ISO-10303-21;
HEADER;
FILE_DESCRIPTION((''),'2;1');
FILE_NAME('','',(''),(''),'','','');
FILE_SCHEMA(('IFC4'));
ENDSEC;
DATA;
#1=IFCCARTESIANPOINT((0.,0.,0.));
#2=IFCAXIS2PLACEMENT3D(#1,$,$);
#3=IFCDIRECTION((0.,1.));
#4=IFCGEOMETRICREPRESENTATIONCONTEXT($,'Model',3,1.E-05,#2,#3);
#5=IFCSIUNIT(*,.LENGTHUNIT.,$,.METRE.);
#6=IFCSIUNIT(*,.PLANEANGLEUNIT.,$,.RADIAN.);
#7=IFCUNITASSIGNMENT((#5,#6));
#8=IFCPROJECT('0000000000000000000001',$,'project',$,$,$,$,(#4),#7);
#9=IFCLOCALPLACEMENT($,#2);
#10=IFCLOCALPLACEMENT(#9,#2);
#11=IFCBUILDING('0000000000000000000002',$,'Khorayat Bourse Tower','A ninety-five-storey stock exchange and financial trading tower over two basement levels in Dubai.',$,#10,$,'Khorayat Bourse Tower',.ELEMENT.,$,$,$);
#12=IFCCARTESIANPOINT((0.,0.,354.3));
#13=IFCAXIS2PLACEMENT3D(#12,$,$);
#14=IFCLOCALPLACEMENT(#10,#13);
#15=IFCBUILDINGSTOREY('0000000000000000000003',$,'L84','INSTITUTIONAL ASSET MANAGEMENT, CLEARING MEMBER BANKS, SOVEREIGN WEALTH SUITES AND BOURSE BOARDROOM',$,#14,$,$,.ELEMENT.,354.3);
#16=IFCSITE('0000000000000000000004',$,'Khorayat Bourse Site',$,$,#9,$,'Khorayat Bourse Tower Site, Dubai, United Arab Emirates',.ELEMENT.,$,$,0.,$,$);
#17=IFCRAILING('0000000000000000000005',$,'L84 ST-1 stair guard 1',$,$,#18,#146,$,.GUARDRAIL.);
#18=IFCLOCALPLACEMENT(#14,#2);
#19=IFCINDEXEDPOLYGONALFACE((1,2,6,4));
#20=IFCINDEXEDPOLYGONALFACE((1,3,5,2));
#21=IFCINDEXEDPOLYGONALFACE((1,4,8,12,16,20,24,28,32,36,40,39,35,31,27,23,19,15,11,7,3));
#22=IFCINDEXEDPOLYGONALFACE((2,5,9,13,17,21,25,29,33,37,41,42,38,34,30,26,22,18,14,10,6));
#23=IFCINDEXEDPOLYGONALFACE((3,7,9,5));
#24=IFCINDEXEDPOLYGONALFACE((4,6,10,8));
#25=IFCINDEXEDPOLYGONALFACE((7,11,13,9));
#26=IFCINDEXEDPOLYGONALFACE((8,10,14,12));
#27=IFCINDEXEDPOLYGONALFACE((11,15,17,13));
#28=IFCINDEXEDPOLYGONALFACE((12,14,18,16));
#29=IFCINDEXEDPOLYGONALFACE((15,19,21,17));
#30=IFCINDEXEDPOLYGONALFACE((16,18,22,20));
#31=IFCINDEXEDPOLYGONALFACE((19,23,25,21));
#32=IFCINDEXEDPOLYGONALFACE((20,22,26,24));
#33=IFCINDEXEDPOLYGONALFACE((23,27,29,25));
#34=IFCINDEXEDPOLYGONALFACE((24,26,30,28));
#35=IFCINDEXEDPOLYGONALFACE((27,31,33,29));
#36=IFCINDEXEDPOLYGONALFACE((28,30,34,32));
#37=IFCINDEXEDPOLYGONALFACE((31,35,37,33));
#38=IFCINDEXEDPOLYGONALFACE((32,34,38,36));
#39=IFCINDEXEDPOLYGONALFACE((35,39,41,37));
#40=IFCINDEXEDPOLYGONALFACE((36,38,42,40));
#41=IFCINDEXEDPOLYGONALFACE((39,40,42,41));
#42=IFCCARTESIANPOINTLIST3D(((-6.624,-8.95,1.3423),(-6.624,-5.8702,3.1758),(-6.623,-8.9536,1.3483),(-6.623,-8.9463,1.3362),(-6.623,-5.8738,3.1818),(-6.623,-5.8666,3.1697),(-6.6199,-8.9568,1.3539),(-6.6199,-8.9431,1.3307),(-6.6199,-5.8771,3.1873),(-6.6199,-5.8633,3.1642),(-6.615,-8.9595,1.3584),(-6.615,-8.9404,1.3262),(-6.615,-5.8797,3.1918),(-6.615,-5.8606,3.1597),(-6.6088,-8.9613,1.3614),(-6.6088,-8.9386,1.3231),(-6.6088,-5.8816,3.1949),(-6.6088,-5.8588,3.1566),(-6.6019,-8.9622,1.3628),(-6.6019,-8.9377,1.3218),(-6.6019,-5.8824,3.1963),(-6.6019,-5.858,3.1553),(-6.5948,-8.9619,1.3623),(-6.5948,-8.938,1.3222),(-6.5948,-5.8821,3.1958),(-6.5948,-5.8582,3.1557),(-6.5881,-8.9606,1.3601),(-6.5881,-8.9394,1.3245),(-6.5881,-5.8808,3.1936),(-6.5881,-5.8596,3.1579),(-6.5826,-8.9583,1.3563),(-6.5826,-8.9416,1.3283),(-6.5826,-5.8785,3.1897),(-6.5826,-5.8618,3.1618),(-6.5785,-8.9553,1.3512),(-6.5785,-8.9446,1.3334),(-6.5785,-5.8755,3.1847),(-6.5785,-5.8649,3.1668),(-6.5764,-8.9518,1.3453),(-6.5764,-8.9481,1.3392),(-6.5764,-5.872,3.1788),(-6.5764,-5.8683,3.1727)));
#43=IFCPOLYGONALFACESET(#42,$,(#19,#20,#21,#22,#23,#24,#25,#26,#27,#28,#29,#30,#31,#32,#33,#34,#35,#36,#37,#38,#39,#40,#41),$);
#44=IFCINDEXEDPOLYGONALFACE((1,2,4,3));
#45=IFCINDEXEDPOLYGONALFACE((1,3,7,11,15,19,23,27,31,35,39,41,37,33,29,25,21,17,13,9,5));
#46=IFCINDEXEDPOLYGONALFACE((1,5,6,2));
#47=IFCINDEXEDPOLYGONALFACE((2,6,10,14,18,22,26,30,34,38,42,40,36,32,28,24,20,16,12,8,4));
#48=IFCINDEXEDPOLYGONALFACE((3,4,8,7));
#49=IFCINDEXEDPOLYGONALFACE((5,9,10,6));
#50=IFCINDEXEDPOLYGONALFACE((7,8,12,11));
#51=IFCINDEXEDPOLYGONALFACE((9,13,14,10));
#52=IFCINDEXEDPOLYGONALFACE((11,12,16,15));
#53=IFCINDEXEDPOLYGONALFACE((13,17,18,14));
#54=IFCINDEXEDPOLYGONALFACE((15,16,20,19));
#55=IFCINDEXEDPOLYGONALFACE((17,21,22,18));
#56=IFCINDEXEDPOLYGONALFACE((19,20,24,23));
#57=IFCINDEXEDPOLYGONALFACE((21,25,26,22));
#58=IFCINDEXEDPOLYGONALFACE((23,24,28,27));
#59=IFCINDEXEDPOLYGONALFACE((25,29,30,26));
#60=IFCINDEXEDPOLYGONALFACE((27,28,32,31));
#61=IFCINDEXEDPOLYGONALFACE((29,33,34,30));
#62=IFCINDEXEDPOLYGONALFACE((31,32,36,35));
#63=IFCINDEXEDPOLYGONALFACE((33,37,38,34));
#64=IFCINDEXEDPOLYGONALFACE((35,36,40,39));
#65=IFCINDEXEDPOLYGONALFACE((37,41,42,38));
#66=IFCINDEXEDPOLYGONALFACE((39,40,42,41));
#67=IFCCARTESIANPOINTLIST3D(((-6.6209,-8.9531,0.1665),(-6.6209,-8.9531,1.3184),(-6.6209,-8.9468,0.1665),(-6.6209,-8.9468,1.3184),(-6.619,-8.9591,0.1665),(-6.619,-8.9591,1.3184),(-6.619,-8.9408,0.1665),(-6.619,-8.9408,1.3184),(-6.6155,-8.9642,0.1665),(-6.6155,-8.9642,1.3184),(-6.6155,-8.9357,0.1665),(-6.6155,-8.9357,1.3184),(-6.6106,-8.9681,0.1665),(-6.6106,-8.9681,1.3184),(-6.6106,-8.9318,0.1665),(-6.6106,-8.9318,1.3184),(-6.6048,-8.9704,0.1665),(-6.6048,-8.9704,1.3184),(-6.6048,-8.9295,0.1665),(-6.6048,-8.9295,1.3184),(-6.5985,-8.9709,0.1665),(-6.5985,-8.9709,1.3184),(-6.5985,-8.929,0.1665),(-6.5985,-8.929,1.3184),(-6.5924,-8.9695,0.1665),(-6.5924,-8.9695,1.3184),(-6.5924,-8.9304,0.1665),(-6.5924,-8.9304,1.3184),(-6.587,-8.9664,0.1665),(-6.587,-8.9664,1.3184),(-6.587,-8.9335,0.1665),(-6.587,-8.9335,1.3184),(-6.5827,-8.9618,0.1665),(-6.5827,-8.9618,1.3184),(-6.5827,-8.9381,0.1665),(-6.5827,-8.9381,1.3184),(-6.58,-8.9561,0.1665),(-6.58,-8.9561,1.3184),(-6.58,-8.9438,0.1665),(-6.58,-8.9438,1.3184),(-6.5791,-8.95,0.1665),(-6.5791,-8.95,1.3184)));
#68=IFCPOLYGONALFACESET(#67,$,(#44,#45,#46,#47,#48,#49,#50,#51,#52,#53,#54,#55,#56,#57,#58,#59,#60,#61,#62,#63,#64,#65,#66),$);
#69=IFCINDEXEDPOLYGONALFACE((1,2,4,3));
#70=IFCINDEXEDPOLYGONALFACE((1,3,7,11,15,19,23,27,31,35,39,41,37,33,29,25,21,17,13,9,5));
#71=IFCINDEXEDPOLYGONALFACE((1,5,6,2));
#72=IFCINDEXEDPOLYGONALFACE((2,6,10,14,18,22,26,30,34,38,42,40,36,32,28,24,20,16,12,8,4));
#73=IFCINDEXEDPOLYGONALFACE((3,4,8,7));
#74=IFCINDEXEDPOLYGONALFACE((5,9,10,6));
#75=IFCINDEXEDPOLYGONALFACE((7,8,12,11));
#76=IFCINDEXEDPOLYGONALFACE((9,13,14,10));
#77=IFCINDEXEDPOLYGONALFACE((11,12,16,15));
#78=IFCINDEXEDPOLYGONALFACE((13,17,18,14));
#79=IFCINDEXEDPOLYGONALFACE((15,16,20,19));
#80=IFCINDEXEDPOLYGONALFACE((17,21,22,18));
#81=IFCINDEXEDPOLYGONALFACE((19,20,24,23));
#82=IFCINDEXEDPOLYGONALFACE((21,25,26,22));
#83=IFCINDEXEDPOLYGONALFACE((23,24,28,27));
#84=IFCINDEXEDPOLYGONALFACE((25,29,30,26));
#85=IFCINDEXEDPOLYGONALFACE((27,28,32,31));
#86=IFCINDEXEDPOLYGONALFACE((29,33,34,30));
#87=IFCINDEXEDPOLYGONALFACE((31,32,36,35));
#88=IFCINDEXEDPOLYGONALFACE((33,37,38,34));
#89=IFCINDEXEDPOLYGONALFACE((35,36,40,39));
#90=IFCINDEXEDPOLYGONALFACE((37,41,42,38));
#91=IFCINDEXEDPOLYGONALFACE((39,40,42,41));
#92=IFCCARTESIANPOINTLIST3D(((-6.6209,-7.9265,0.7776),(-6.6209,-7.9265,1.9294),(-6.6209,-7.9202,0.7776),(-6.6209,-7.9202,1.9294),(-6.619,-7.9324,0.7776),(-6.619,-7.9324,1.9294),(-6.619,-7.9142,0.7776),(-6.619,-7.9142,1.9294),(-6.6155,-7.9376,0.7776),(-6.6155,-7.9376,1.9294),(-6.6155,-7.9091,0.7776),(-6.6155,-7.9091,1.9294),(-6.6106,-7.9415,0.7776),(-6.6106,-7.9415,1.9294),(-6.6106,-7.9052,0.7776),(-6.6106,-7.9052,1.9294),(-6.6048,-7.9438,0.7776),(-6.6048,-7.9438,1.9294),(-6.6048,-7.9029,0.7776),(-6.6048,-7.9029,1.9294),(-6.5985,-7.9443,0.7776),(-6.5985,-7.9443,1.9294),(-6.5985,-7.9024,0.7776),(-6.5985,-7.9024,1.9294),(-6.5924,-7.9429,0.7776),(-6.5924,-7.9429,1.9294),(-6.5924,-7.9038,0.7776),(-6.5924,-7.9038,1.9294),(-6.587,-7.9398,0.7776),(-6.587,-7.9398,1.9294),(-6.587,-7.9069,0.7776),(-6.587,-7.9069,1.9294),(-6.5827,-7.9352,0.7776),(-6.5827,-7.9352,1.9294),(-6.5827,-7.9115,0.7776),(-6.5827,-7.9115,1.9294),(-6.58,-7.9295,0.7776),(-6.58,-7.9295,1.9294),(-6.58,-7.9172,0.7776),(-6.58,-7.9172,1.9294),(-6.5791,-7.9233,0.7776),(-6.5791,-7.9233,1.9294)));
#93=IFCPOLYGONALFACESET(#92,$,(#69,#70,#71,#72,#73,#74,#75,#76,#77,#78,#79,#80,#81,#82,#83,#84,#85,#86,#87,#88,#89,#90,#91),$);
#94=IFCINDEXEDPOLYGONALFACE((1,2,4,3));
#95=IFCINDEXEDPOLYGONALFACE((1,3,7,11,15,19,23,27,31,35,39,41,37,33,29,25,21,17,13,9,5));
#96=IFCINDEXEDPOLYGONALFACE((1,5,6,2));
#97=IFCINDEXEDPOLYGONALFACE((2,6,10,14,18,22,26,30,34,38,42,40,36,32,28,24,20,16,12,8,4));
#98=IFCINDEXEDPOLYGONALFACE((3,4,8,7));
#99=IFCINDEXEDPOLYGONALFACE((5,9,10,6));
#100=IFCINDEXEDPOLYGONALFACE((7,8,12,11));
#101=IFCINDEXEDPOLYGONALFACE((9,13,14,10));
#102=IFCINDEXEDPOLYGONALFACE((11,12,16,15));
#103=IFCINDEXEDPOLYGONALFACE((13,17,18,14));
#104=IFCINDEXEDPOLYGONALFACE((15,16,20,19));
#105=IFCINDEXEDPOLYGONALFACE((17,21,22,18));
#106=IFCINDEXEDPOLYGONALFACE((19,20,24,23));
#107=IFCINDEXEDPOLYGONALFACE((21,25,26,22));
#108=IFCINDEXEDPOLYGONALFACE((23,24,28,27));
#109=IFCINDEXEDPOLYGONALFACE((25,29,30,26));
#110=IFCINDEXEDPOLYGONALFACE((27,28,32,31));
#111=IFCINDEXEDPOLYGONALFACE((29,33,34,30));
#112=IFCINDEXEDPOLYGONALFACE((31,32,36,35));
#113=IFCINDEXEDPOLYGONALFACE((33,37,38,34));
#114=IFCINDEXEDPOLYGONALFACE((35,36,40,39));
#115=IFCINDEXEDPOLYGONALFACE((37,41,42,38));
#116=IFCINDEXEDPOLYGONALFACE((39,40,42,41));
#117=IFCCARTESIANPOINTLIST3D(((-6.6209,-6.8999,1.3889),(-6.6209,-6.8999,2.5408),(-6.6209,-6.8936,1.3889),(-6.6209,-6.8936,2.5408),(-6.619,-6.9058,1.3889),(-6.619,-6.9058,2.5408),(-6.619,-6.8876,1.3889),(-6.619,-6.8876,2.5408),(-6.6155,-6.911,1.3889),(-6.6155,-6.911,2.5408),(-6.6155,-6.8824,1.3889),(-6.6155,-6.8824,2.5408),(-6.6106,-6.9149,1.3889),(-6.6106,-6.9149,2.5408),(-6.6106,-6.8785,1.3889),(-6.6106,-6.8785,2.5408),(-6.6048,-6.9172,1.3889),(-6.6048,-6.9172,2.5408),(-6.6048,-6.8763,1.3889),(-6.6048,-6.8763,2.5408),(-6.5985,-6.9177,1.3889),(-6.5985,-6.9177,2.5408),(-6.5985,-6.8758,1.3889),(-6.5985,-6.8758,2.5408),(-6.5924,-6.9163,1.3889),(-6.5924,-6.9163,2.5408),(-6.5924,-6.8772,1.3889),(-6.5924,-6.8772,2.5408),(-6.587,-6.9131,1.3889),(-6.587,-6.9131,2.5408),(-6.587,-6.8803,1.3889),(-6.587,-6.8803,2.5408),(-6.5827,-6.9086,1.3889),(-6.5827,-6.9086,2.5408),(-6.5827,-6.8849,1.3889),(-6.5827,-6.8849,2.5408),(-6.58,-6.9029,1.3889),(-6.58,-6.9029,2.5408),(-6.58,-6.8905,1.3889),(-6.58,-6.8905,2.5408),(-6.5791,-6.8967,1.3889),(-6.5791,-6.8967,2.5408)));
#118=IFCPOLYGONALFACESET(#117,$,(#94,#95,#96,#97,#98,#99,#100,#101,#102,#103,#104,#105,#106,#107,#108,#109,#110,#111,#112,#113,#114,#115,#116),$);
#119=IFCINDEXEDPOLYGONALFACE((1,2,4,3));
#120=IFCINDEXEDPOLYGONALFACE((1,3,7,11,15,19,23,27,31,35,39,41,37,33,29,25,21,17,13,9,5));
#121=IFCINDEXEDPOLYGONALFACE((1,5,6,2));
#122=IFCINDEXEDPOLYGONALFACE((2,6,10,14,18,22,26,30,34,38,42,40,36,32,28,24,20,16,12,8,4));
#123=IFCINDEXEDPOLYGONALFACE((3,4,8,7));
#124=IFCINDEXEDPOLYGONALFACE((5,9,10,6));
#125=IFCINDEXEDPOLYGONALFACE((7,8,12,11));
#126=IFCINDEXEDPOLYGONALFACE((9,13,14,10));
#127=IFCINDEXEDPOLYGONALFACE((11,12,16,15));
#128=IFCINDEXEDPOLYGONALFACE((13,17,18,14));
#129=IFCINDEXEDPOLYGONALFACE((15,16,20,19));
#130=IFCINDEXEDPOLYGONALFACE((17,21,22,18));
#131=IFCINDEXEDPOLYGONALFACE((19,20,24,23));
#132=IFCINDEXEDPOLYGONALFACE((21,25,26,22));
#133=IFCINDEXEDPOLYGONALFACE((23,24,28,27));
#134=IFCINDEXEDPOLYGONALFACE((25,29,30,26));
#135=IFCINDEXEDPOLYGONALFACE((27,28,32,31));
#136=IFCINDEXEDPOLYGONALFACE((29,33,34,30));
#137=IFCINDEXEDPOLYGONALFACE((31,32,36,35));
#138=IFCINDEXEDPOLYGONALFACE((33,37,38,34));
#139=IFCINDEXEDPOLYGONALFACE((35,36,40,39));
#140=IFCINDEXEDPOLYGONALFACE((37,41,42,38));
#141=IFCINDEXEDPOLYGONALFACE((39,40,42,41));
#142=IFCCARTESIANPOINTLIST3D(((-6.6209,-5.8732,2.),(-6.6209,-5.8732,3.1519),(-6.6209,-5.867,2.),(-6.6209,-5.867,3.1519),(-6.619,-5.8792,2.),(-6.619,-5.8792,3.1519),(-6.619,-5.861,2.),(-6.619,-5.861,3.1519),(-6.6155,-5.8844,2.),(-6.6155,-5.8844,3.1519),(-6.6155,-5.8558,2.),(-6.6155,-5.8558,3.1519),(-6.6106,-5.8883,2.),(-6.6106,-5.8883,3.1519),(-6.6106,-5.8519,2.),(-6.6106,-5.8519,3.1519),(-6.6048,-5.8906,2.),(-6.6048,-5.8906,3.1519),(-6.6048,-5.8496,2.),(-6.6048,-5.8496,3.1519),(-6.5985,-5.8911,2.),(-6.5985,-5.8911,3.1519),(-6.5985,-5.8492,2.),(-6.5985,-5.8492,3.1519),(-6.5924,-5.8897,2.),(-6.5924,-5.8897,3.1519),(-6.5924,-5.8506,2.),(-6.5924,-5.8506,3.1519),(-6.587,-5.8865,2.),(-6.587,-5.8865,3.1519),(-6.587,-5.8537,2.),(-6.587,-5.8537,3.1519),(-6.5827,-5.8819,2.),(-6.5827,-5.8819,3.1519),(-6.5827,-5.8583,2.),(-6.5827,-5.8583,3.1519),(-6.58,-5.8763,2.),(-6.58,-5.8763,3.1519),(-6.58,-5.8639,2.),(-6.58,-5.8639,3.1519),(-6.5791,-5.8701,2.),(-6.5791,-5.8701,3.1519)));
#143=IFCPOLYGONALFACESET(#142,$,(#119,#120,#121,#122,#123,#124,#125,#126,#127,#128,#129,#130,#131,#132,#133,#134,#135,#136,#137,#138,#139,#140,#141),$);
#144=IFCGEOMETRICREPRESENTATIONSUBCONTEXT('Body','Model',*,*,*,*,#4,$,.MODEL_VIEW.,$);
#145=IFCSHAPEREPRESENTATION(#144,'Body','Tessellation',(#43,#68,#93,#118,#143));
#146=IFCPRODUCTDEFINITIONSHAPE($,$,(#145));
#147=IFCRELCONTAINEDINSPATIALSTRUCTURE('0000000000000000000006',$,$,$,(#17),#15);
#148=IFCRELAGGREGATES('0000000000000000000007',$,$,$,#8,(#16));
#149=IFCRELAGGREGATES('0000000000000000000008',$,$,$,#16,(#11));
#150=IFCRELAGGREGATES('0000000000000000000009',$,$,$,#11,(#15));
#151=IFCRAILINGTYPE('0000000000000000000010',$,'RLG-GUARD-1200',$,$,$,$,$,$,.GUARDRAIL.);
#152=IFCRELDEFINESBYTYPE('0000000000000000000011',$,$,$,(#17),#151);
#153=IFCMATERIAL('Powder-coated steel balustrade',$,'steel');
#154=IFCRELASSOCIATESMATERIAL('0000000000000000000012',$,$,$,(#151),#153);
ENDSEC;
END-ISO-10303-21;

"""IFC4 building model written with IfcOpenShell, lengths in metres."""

from ifc_helpers import new_model, si_unit, direction, frame, origin, origin_2d, place, context, subcontext, project, spatial, circle, extrude, source, transform, mapped, material, type_object, element, save


model = new_model("IFC4")

# Units and contexts
model_context = context("Model", 3, precision=1e-05, world=origin(), true_north=direction((0.0, 1.0)))
body_context = subcontext(model_context, "Body", "Model", "MODEL_VIEW")
ifc_project = project(units=[si_unit("LENGTHUNIT", "METRE"), si_unit("PLANEANGLEUNIT", "RADIAN")], contexts=[model_context])

# Site, building, storey
site_placement = place(None, origin())
site = spatial("IfcSite", under=ifc_project, at=site_placement, Name="Khorayat Bourse Site", LongName="Khorayat Bourse Tower Site, Dubai, United Arab Emirates", CompositionType="ELEMENT", RefElevation=0.0)
building_placement = place(site_placement, origin())
building = spatial("IfcBuilding", under=site, at=building_placement, Name="Khorayat Bourse Tower", Description="A ninety-five-storey stock exchange and financial trading tower over two basement levels in Dubai.", LongName="Khorayat Bourse Tower", CompositionType="ELEMENT")
storey_placement = place(building_placement, frame((0.0, 0.0, 354.3)))
storey = spatial("IfcBuildingStorey", under=building, at=storey_placement, Name="L84", Description="INSTITUTIONAL ASSET MANAGEMENT, CLEARING MEMBER BANKS, SOVEREIGN WEALTH SUITES AND BOURSE BOARDROOM", CompositionType="ELEMENT", Elevation=354.3)

# Railing
ifc_material_1 = material(Name="Powder-coated steel balustrade", Category="steel")
railing_type_1 = type_object("IfcRailingType", Name="RLG-GUARD-1200", PredefinedType="GUARDRAIL", material=ifc_material_1)
shared_shape_1 = source(origin(), body_context, "Body", "SweptSolid", [
    extrude(circle(Radius=0.0239, at=origin_2d()), frame((0.0, 0.0, 1.1758), z_axis=(0.0, 0.859261, 0.511538), x_axis=(-1.0, 0.0, 0.0)), (0.0, 0.0, 1.0), 3.5842),
    extrude(circle(Radius=0.021, at=origin_2d()), origin(), (0.0, 0.0, 1.0), 1.1519),
    extrude(circle(Radius=0.021, at=origin_2d()), frame((0.0, 1.0266, 0.6111)), (0.0, 0.0, 1.0), 1.1519),
    extrude(circle(Radius=0.021, at=origin_2d()), frame((0.0, 2.0532, 1.2224)), (0.0, 0.0, 1.0), 1.1519),
    extrude(circle(Radius=0.021, at=origin_2d()), frame((0.0, 3.0798, 1.8335)), (0.0, 0.0, 1.0), 1.1519),
])
railing_1_placement = place(storey_placement, frame((-6.6001, -8.95, 0.1665)))
element("IfcRailing", 1, at=railing_1_placement, inside=storey, type_object=railing_type_1, Name="L84 ST-1 stair guard 1", PredefinedType="GUARDRAIL", context=body_context, shape_type="MappedRepresentation", body=[
    mapped(shared_shape_1, transform((0.0, 0.0, 0.0), scale=1.0)),
])

save(model, "model.ifc")
